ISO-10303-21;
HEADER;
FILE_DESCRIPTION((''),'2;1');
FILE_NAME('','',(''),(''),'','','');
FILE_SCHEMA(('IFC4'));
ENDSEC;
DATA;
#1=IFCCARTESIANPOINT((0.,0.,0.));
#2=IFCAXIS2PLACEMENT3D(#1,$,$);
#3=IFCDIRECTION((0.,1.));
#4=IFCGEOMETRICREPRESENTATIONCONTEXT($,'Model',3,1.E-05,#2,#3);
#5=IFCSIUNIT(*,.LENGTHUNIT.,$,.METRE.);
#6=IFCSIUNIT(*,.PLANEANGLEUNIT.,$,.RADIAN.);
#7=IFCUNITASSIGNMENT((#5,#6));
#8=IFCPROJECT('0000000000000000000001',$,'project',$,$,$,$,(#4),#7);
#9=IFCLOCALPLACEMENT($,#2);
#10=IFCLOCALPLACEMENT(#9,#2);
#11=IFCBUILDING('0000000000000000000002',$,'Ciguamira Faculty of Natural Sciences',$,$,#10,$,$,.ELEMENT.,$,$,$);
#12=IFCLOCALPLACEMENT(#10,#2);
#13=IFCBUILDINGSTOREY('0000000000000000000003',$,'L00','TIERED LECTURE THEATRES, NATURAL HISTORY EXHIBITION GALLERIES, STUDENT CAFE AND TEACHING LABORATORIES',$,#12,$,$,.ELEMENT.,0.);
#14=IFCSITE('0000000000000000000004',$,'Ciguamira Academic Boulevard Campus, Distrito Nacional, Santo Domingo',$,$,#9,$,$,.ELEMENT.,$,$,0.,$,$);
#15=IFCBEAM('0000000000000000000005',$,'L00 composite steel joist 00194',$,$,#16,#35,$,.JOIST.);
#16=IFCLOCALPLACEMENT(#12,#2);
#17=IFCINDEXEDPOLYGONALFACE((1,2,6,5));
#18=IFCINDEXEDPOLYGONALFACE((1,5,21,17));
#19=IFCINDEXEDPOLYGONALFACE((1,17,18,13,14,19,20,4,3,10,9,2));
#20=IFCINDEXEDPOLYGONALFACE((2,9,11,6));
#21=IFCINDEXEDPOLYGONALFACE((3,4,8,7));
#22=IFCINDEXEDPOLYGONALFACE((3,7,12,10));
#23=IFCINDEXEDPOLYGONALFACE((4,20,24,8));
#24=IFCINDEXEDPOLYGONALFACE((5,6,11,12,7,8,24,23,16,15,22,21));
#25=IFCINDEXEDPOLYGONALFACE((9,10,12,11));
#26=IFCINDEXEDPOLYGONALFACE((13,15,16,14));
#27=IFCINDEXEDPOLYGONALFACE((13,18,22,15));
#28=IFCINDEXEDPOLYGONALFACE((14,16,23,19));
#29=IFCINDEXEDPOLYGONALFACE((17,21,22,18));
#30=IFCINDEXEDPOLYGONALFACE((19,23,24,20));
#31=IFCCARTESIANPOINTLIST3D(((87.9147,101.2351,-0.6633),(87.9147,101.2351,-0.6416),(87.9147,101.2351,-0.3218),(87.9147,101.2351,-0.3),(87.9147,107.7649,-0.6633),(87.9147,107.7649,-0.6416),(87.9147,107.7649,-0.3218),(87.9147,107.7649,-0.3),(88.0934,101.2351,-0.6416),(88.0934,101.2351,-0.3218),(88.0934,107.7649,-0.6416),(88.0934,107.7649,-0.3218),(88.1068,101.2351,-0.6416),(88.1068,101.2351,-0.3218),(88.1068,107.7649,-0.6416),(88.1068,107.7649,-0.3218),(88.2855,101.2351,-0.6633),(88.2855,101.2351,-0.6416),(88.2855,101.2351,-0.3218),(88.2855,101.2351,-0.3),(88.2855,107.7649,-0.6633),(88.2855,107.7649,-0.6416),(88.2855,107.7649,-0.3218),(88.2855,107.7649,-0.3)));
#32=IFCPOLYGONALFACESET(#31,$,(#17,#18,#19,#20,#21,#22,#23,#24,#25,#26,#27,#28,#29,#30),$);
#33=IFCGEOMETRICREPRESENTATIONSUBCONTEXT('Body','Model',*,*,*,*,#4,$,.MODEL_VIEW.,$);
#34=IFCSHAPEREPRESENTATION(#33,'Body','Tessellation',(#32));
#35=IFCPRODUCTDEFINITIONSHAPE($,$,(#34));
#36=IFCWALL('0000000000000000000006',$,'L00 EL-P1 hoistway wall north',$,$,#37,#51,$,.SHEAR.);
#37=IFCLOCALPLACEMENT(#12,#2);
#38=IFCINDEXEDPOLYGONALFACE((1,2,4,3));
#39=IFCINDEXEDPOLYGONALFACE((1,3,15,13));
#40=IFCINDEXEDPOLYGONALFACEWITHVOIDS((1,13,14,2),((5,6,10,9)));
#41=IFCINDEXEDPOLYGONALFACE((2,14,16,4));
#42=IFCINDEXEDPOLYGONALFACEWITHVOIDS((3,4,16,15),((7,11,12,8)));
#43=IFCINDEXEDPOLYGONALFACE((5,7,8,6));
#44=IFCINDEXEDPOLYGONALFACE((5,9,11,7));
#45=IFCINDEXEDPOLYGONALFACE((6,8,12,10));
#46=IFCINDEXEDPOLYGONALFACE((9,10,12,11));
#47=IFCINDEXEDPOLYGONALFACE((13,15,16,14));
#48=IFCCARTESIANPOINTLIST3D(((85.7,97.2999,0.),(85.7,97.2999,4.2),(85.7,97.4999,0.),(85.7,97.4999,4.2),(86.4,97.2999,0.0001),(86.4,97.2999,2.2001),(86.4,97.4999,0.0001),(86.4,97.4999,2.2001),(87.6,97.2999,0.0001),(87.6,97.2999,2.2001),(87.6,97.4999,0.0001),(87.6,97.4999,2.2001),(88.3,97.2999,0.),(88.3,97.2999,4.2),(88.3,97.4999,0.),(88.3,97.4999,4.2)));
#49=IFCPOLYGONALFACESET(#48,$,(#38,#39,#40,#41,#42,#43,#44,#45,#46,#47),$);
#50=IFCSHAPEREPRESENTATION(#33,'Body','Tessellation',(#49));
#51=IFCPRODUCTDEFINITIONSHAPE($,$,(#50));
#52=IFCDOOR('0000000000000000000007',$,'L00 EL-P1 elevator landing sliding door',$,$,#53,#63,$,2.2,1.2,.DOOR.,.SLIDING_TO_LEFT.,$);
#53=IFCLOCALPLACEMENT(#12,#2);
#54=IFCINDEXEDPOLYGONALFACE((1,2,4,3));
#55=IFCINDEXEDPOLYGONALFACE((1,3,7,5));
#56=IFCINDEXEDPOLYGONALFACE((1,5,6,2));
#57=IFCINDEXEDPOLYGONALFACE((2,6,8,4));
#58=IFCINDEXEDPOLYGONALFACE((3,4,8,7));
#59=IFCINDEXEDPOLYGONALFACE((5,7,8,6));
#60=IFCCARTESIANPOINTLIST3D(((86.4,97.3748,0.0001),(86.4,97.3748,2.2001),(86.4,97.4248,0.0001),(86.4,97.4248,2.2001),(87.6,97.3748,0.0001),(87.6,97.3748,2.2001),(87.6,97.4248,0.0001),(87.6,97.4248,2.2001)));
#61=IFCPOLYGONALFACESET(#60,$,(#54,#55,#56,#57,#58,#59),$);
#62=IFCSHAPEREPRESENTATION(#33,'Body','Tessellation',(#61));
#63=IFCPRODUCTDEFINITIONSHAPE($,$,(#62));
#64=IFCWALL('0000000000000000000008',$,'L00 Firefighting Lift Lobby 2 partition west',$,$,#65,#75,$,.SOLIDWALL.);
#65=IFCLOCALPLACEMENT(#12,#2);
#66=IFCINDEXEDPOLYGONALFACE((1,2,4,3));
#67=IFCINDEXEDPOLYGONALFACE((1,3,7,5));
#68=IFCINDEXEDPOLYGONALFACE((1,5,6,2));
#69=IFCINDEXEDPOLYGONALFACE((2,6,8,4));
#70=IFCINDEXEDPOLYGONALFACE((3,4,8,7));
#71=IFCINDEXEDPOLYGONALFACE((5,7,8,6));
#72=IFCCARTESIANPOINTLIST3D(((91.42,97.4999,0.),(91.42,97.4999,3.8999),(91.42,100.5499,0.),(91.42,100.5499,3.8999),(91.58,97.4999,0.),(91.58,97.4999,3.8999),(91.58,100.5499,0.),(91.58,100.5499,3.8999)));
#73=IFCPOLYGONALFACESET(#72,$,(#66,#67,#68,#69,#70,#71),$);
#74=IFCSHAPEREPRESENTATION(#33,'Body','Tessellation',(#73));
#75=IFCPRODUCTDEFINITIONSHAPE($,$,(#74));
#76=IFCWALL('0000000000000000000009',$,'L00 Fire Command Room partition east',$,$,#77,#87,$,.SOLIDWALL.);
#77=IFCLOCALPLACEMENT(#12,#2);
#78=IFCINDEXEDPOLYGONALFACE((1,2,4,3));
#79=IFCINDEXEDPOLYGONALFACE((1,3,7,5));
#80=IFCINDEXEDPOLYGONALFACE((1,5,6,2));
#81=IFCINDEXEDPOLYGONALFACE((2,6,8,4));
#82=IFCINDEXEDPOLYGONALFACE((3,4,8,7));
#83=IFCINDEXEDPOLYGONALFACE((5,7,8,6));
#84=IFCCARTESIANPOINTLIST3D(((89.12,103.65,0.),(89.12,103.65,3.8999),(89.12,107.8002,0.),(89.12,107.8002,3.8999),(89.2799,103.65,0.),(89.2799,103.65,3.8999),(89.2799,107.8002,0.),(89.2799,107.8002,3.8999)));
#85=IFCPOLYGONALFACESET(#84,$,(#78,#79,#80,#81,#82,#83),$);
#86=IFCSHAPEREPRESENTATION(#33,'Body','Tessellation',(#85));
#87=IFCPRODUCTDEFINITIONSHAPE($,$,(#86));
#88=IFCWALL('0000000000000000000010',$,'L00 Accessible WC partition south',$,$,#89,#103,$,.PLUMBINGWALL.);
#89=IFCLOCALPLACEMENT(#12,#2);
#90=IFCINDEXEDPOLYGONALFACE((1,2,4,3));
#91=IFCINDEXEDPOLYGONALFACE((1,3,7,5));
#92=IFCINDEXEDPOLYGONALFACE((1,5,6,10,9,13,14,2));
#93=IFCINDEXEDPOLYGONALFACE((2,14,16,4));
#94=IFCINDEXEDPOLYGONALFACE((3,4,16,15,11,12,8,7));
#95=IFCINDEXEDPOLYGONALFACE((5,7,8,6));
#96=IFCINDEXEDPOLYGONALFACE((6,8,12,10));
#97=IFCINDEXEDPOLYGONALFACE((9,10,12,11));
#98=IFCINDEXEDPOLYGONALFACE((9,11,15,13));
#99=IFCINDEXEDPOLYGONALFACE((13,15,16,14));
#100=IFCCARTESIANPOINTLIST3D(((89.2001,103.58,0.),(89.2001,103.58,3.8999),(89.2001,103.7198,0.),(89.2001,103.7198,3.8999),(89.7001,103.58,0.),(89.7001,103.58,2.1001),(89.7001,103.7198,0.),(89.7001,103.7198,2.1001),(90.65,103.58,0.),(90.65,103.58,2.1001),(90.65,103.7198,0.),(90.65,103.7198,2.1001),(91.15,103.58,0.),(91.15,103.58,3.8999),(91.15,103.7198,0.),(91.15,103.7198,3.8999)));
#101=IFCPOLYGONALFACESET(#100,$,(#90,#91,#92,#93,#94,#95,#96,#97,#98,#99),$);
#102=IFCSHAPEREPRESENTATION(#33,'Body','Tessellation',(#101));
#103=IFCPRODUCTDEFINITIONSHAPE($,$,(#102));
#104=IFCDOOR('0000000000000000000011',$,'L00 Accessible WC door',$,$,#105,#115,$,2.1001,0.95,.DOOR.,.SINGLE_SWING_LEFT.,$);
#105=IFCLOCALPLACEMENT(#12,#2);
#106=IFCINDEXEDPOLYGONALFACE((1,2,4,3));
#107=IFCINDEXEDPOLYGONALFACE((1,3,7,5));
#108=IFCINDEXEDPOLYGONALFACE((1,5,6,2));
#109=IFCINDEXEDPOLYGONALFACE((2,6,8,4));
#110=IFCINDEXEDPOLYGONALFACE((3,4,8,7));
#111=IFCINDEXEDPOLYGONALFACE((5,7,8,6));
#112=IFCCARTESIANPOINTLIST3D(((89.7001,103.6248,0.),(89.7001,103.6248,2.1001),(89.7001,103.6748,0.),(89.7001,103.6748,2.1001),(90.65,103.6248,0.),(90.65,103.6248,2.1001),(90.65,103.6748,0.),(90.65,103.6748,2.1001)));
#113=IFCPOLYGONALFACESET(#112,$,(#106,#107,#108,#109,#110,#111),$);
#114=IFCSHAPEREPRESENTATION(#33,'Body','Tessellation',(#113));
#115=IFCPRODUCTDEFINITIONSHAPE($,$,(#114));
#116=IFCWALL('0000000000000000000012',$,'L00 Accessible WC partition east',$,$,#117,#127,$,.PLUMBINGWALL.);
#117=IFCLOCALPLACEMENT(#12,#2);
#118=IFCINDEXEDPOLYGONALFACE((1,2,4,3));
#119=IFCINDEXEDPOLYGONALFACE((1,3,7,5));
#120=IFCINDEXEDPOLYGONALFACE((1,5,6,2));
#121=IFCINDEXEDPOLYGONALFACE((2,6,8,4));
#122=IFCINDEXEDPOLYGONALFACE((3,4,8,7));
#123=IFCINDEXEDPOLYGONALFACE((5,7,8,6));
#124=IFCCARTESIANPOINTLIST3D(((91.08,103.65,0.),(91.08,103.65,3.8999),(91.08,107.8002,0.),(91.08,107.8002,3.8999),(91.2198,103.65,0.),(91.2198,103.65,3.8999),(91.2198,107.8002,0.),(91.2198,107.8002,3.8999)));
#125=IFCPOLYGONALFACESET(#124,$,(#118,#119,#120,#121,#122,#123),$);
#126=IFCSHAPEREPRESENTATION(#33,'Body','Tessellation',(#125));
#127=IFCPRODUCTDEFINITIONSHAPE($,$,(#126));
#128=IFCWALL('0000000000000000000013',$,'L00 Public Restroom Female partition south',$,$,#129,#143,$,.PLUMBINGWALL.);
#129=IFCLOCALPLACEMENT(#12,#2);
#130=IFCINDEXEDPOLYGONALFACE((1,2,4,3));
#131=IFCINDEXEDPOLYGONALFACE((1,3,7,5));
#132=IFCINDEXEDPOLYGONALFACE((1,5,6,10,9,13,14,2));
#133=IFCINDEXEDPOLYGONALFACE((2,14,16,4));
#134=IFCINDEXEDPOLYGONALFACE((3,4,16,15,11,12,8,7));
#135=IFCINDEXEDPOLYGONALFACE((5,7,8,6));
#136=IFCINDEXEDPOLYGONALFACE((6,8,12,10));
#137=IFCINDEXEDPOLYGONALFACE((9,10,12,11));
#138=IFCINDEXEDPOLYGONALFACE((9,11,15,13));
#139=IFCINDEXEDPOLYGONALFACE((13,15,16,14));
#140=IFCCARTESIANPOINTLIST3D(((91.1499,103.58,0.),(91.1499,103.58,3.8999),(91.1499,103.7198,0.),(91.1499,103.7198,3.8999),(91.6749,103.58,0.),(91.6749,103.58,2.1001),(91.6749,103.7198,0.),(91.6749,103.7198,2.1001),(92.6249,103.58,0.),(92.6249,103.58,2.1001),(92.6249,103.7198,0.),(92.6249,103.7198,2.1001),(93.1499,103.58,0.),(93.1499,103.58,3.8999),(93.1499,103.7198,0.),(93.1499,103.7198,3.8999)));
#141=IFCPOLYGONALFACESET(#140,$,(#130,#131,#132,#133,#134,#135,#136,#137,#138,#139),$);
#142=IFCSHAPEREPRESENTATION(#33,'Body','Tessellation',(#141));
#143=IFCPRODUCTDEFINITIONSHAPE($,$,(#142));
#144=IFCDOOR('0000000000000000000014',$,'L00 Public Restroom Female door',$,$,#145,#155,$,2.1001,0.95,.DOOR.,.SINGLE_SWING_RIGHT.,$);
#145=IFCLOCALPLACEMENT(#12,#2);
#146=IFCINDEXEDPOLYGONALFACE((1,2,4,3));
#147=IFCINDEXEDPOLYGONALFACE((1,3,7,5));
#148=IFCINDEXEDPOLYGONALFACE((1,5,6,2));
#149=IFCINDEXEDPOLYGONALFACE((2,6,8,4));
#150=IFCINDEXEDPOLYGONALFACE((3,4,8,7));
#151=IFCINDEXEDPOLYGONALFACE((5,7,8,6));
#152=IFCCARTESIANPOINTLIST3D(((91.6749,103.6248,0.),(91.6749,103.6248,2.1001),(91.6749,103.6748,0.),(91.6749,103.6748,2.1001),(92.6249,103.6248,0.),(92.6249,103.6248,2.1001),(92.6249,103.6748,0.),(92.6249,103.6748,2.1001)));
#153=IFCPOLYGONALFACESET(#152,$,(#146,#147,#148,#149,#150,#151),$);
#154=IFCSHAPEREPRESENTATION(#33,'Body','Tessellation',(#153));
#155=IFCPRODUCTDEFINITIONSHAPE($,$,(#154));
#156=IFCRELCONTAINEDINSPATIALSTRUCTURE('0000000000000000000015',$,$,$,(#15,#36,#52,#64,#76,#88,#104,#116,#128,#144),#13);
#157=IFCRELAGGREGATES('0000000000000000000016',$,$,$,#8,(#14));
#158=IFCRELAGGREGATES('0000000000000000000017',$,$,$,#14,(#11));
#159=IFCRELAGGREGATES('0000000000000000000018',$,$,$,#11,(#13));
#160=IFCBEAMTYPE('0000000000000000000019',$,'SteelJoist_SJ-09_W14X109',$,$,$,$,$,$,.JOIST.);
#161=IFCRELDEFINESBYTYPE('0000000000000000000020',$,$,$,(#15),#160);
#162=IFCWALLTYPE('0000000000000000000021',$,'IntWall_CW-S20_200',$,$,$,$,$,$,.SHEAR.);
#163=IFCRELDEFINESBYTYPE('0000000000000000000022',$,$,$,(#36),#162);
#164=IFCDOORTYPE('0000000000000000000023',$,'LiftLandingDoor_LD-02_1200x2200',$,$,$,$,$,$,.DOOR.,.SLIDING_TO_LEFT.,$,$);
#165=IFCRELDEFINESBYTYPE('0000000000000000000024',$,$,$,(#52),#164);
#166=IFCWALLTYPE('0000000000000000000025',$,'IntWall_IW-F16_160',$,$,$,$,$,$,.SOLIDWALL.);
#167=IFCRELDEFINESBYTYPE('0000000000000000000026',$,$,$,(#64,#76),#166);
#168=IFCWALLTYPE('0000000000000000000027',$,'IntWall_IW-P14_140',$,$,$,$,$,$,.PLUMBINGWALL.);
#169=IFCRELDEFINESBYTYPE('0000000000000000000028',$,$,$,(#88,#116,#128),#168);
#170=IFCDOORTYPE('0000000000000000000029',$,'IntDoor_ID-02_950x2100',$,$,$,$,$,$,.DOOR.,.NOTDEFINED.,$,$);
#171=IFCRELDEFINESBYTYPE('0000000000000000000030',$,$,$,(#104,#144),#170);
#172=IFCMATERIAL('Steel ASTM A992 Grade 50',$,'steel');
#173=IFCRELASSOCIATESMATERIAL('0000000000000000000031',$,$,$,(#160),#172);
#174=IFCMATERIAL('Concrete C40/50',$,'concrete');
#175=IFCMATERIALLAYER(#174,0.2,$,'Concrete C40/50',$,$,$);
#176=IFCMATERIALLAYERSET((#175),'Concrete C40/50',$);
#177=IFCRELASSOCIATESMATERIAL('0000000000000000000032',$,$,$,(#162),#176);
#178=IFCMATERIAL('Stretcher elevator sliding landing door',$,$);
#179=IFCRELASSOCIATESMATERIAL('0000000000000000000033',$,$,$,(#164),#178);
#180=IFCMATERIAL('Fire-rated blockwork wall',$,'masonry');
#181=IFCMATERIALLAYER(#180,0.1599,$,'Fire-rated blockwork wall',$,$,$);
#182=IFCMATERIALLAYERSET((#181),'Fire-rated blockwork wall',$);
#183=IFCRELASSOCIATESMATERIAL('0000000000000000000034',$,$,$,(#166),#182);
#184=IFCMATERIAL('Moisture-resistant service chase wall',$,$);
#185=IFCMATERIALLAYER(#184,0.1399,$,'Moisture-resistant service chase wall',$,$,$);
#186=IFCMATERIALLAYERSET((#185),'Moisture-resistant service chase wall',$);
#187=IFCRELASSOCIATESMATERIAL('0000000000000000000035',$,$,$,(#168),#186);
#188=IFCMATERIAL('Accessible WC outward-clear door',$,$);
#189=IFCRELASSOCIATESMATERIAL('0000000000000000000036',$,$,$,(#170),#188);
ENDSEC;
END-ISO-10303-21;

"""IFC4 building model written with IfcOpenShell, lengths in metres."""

from ifc_helpers import new_model, si_unit, direction, frame, frame_2d, origin, origin_2d, place, context, subcontext, project, spatial, rectangle, i_section, extrude, material, layer, layer_set, material_profile, profile_set, type_object, element, fill, save


model = new_model("IFC4")

# Units and contexts
model_context = context("Model", 3, precision=1e-05, world=origin(), true_north=direction((0.0, 1.0)))
body_context = subcontext(model_context, "Body", "Model", "MODEL_VIEW")
ifc_project = project(units=[si_unit("LENGTHUNIT", "METRE"), si_unit("PLANEANGLEUNIT", "RADIAN")], contexts=[model_context])

# Site, building, storey
site_placement = place(None, origin())
site = spatial("IfcSite", under=ifc_project, at=site_placement, Name="Ciguamira Academic Boulevard Campus, Distrito Nacional, Santo Domingo", CompositionType="ELEMENT", RefElevation=0.0)
building_placement = place(site_placement, origin())
building = spatial("IfcBuilding", under=site, at=building_placement, Name="Ciguamira Faculty of Natural Sciences", CompositionType="ELEMENT")
storey_placement = place(building_placement, origin())
storey = spatial("IfcBuildingStorey", under=building, at=storey_placement, Name="L00", Description="TIERED LECTURE THEATRES, NATURAL HISTORY EXHIBITION GALLERIES, STUDENT CAFE AND TEACHING LABORATORIES", CompositionType="ELEMENT", Elevation=0.0)

# Beam
ifc_material_1 = material(Name="Concrete C40/50", Category="concrete")
ifc_material_2 = material(Name="Steel ASTM A992 Grade 50", Category="steel")
ifc_material_profile_1 = material_profile(ifc_material_2, i_section(OverallWidth=0.3708, OverallDepth=0.3633, WebThickness=0.0134, FlangeThickness=0.0217, at=origin_2d()), Name="W14X109")
ifc_profile_set_1 = profile_set([ifc_material_profile_1], Name="Steel ASTM A992 Grade 50")
beam_type_1 = type_object("IfcBeamType", Name="SteelJoist_SJ-09_W14X109", PredefinedType="JOIST", material=ifc_profile_set_1)
beam_1_placement = place(storey_placement, frame((88.1001, 101.2351, -0.4817), z_axis=(0.0, 1.0, 0.0), x_axis=(-1.0, 0.0, 0.0)))
element("IfcBeam", 1, at=beam_1_placement, inside=storey, type_object=beam_type_1, Name="L00 composite steel joist 00194", PredefinedType="JOIST", context=body_context, shape_type="SweptSolid", body=[
    extrude(i_section(OverallWidth=0.3708, OverallDepth=0.3633, WebThickness=0.0134, FlangeThickness=0.0217, at=origin_2d()), origin(), (0.0, 0.0, 1.0), 6.5298),
])

# Wall, opening, door
ifc_layer_1 = layer(ifc_material_1, 0.2, Name="Concrete C40/50")
ifc_layer_set_1 = layer_set([ifc_layer_1], Name="Concrete C40/50")
wall_type_1 = type_object("IfcWallType", Name="IntWall_CW-S20_200", PredefinedType="SHEAR", material=ifc_layer_set_1)
wall_1_placement = place(storey_placement, frame((85.7, 97.3999, 0.0), z_axis=(0.0, 0.0, 1.0), x_axis=(1.0, 0.0, 0.0)))
wall_1 = element("IfcWall", 2, at=wall_1_placement, inside=storey, type_object=wall_type_1, Name="L00 EL-P1 hoistway wall north", PredefinedType="SHEAR", context=body_context, shape_type="SweptSolid", body=[
    extrude(rectangle(XDim=2.6001, YDim=0.2, at=frame_2d((1.3, 0.0))), origin(), (0.0, 0.0, 1.0), 4.2),
])
opening_1_placement = place(wall_1_placement, frame((0.7, 0.0, 0.0)))
opening_1 = element("IfcOpeningElement", 3, at=opening_1_placement, cuts=wall_1, PredefinedType="OPENING", context=body_context, shape_type="SweptSolid", body=[
    extrude(rectangle(XDim=1.2, YDim=2.2, at=frame_2d((0.6001, 1.1001))), frame((0.0, 0.1099, 0.0), z_axis=(0.0, -1.0, 0.0), x_axis=(1.0, 0.0, 0.0)), (0.0, 0.0, 1.0), 0.22),
])
ifc_material_3 = material(Name="Stretcher elevator sliding landing door")
door_type_1 = type_object("IfcDoorType", Name="LiftLandingDoor_LD-02_1200x2200", OperationType="SLIDING_TO_LEFT", PredefinedType="DOOR", material=ifc_material_3)
door_1_placement = place(opening_1_placement, origin())
door_1 = element("IfcDoor", 4, at=door_1_placement, inside=storey, type_object=door_type_1, Name="L00 EL-P1 elevator landing sliding door", OperationType="SLIDING_TO_LEFT", OverallHeight=2.2, OverallWidth=1.2, PredefinedType="DOOR", context=body_context, shape_type="SweptSolid", body=[
    extrude(rectangle(XDim=1.2, YDim=2.2, at=frame_2d((0.6001, 1.1001))), frame((0.0, 0.0249, 0.0), z_axis=(0.0, -1.0, 0.0), x_axis=(1.0, 0.0, 0.0)), (0.0, 0.0, 1.0), 0.05),
])
fill(opening_1, door_1)

# Walls
ifc_material_4 = material(Name="Fire-rated blockwork wall", Category="masonry")
ifc_layer_2 = layer(ifc_material_4, 0.1599, Name="Fire-rated blockwork wall")
ifc_layer_set_2 = layer_set([ifc_layer_2], Name="Fire-rated blockwork wall")
wall_type_2 = type_object("IfcWallType", Name="IntWall_IW-F16_160", PredefinedType="SOLIDWALL", material=ifc_layer_set_2)
wall_2_placement = place(storey_placement, frame((91.5, 97.5, 0.0), z_axis=(0.0, 0.0, 1.0), x_axis=(0.0, 1.0, 0.0)))
element("IfcWall", 5, at=wall_2_placement, inside=storey, type_object=wall_type_2, Name="L00 Firefighting Lift Lobby 2 partition west", PredefinedType="SOLIDWALL", context=body_context, shape_type="SweptSolid", body=[
    extrude(rectangle(XDim=3.05, YDim=0.1599, at=frame_2d((1.5249, 0.0))), origin(), (0.0, 0.0, 1.0), 3.8999),
])
wall_3_placement = place(storey_placement, frame((89.2, 103.6499, 0.0), z_axis=(0.0, 0.0, 1.0), x_axis=(0.0, 1.0, 0.0)))
element("IfcWall", 6, at=wall_3_placement, inside=storey, type_object=wall_type_2, Name="L00 Fire Command Room partition east", PredefinedType="SOLIDWALL", context=body_context, shape_type="SweptSolid", body=[
    extrude(rectangle(XDim=4.1501, YDim=0.1599, at=frame_2d((2.0752, 0.0))), origin(), (0.0, 0.0, 1.0), 3.8999),
])

# Wall, opening, door
ifc_material_5 = material(Name="Moisture-resistant service chase wall")
ifc_layer_3 = layer(ifc_material_5, 0.1399, Name="Moisture-resistant service chase wall")
ifc_layer_set_3 = layer_set([ifc_layer_3], Name="Moisture-resistant service chase wall")
wall_type_3 = type_object("IfcWallType", Name="IntWall_IW-P14_140", PredefinedType="PLUMBINGWALL", material=ifc_layer_set_3)
wall_4_placement = place(storey_placement, frame((89.2, 103.6499, 0.0), z_axis=(0.0, 0.0, 1.0), x_axis=(1.0, 0.0, 0.0)))
wall_4 = element("IfcWall", 7, at=wall_4_placement, inside=storey, type_object=wall_type_3, Name="L00 Accessible WC partition south", PredefinedType="PLUMBINGWALL", context=body_context, shape_type="SweptSolid", body=[
    extrude(rectangle(XDim=1.95, YDim=0.1399, at=frame_2d((0.9751, 0.0))), origin(), (0.0, 0.0, 1.0), 3.8999),
])
opening_2_placement = place(wall_4_placement, frame((0.5, 0.0, 0.0)))
opening_2 = element("IfcOpeningElement", 8, at=opening_2_placement, cuts=wall_4, PredefinedType="OPENING", context=body_context, shape_type="SweptSolid", body=[
    extrude(rectangle(XDim=0.95, YDim=2.1001, at=frame_2d((0.4751, 1.05))), frame((0.0, 0.0798, 0.0), z_axis=(0.0, -1.0, 0.0), x_axis=(1.0, 0.0, 0.0)), (0.0, 0.0, 1.0), 0.1599),
])
ifc_material_6 = material(Name="Accessible WC outward-clear door")
door_type_2 = type_object("IfcDoorType", Name="IntDoor_ID-02_950x2100", OperationType="NOTDEFINED", PredefinedType="DOOR", material=ifc_material_6)
door_2_placement = place(opening_2_placement, origin())
door_2 = element("IfcDoor", 9, at=door_2_placement, inside=storey, type_object=door_type_2, Name="L00 Accessible WC door", OperationType="SINGLE_SWING_LEFT", OverallHeight=2.1001, OverallWidth=0.95, PredefinedType="DOOR", context=body_context, shape_type="SweptSolid", body=[
    extrude(rectangle(XDim=0.95, YDim=2.1001, at=frame_2d((0.4751, 1.05))), frame((0.0, 0.0249, 0.0), z_axis=(0.0, -1.0, 0.0), x_axis=(1.0, 0.0, 0.0)), (0.0, 0.0, 1.0), 0.05),
])
fill(opening_2, door_2)

# Wall
wall_5_placement = place(storey_placement, frame((91.1499, 103.6499, 0.0), z_axis=(0.0, 0.0, 1.0), x_axis=(0.0, 1.0, 0.0)))
element("IfcWall", 10, at=wall_5_placement, inside=storey, type_object=wall_type_3, Name="L00 Accessible WC partition east", PredefinedType="PLUMBINGWALL", context=body_context, shape_type="SweptSolid", body=[
    extrude(rectangle(XDim=4.1501, YDim=0.1399, at=frame_2d((2.0752, 0.0))), origin(), (0.0, 0.0, 1.0), 3.8999),
])

# Wall, opening, door
wall_6_placement = place(storey_placement, frame((91.1499, 103.6499, 0.0), z_axis=(0.0, 0.0, 1.0), x_axis=(1.0, 0.0, 0.0)))
wall_6 = element("IfcWall", 11, at=wall_6_placement, inside=storey, type_object=wall_type_3, Name="L00 Public Restroom Female partition south", PredefinedType="PLUMBINGWALL", context=body_context, shape_type="SweptSolid", body=[
    extrude(rectangle(XDim=2.0, YDim=0.1399, at=frame_2d((1.0, 0.0))), origin(), (0.0, 0.0, 1.0), 3.8999),
])
opening_3_placement = place(wall_6_placement, frame((0.5249, 0.0, 0.0)))
opening_3 = element("IfcOpeningElement", 12, at=opening_3_placement, cuts=wall_6, PredefinedType="OPENING", context=body_context, shape_type="SweptSolid", body=[
    extrude(rectangle(XDim=0.95, YDim=2.1001, at=frame_2d((0.4751, 1.05))), frame((0.0, 0.0798, 0.0), z_axis=(0.0, -1.0, 0.0), x_axis=(1.0, 0.0, 0.0)), (0.0, 0.0, 1.0), 0.1599),
])
door_3_placement = place(opening_3_placement, origin())
door_3 = element("IfcDoor", 13, at=door_3_placement, inside=storey, type_object=door_type_2, Name="L00 Public Restroom Female door", OperationType="SINGLE_SWING_RIGHT", OverallHeight=2.1001, OverallWidth=0.95, PredefinedType="DOOR", context=body_context, shape_type="SweptSolid", body=[
    extrude(rectangle(XDim=0.95, YDim=2.1001, at=frame_2d((0.4751, 1.05))), frame((0.0, 0.0249, 0.0), z_axis=(0.0, -1.0, 0.0), x_axis=(1.0, 0.0, 0.0)), (0.0, 0.0, 1.0), 0.05),
])
fill(opening_3, door_3)

save(model, "model.ifc")
